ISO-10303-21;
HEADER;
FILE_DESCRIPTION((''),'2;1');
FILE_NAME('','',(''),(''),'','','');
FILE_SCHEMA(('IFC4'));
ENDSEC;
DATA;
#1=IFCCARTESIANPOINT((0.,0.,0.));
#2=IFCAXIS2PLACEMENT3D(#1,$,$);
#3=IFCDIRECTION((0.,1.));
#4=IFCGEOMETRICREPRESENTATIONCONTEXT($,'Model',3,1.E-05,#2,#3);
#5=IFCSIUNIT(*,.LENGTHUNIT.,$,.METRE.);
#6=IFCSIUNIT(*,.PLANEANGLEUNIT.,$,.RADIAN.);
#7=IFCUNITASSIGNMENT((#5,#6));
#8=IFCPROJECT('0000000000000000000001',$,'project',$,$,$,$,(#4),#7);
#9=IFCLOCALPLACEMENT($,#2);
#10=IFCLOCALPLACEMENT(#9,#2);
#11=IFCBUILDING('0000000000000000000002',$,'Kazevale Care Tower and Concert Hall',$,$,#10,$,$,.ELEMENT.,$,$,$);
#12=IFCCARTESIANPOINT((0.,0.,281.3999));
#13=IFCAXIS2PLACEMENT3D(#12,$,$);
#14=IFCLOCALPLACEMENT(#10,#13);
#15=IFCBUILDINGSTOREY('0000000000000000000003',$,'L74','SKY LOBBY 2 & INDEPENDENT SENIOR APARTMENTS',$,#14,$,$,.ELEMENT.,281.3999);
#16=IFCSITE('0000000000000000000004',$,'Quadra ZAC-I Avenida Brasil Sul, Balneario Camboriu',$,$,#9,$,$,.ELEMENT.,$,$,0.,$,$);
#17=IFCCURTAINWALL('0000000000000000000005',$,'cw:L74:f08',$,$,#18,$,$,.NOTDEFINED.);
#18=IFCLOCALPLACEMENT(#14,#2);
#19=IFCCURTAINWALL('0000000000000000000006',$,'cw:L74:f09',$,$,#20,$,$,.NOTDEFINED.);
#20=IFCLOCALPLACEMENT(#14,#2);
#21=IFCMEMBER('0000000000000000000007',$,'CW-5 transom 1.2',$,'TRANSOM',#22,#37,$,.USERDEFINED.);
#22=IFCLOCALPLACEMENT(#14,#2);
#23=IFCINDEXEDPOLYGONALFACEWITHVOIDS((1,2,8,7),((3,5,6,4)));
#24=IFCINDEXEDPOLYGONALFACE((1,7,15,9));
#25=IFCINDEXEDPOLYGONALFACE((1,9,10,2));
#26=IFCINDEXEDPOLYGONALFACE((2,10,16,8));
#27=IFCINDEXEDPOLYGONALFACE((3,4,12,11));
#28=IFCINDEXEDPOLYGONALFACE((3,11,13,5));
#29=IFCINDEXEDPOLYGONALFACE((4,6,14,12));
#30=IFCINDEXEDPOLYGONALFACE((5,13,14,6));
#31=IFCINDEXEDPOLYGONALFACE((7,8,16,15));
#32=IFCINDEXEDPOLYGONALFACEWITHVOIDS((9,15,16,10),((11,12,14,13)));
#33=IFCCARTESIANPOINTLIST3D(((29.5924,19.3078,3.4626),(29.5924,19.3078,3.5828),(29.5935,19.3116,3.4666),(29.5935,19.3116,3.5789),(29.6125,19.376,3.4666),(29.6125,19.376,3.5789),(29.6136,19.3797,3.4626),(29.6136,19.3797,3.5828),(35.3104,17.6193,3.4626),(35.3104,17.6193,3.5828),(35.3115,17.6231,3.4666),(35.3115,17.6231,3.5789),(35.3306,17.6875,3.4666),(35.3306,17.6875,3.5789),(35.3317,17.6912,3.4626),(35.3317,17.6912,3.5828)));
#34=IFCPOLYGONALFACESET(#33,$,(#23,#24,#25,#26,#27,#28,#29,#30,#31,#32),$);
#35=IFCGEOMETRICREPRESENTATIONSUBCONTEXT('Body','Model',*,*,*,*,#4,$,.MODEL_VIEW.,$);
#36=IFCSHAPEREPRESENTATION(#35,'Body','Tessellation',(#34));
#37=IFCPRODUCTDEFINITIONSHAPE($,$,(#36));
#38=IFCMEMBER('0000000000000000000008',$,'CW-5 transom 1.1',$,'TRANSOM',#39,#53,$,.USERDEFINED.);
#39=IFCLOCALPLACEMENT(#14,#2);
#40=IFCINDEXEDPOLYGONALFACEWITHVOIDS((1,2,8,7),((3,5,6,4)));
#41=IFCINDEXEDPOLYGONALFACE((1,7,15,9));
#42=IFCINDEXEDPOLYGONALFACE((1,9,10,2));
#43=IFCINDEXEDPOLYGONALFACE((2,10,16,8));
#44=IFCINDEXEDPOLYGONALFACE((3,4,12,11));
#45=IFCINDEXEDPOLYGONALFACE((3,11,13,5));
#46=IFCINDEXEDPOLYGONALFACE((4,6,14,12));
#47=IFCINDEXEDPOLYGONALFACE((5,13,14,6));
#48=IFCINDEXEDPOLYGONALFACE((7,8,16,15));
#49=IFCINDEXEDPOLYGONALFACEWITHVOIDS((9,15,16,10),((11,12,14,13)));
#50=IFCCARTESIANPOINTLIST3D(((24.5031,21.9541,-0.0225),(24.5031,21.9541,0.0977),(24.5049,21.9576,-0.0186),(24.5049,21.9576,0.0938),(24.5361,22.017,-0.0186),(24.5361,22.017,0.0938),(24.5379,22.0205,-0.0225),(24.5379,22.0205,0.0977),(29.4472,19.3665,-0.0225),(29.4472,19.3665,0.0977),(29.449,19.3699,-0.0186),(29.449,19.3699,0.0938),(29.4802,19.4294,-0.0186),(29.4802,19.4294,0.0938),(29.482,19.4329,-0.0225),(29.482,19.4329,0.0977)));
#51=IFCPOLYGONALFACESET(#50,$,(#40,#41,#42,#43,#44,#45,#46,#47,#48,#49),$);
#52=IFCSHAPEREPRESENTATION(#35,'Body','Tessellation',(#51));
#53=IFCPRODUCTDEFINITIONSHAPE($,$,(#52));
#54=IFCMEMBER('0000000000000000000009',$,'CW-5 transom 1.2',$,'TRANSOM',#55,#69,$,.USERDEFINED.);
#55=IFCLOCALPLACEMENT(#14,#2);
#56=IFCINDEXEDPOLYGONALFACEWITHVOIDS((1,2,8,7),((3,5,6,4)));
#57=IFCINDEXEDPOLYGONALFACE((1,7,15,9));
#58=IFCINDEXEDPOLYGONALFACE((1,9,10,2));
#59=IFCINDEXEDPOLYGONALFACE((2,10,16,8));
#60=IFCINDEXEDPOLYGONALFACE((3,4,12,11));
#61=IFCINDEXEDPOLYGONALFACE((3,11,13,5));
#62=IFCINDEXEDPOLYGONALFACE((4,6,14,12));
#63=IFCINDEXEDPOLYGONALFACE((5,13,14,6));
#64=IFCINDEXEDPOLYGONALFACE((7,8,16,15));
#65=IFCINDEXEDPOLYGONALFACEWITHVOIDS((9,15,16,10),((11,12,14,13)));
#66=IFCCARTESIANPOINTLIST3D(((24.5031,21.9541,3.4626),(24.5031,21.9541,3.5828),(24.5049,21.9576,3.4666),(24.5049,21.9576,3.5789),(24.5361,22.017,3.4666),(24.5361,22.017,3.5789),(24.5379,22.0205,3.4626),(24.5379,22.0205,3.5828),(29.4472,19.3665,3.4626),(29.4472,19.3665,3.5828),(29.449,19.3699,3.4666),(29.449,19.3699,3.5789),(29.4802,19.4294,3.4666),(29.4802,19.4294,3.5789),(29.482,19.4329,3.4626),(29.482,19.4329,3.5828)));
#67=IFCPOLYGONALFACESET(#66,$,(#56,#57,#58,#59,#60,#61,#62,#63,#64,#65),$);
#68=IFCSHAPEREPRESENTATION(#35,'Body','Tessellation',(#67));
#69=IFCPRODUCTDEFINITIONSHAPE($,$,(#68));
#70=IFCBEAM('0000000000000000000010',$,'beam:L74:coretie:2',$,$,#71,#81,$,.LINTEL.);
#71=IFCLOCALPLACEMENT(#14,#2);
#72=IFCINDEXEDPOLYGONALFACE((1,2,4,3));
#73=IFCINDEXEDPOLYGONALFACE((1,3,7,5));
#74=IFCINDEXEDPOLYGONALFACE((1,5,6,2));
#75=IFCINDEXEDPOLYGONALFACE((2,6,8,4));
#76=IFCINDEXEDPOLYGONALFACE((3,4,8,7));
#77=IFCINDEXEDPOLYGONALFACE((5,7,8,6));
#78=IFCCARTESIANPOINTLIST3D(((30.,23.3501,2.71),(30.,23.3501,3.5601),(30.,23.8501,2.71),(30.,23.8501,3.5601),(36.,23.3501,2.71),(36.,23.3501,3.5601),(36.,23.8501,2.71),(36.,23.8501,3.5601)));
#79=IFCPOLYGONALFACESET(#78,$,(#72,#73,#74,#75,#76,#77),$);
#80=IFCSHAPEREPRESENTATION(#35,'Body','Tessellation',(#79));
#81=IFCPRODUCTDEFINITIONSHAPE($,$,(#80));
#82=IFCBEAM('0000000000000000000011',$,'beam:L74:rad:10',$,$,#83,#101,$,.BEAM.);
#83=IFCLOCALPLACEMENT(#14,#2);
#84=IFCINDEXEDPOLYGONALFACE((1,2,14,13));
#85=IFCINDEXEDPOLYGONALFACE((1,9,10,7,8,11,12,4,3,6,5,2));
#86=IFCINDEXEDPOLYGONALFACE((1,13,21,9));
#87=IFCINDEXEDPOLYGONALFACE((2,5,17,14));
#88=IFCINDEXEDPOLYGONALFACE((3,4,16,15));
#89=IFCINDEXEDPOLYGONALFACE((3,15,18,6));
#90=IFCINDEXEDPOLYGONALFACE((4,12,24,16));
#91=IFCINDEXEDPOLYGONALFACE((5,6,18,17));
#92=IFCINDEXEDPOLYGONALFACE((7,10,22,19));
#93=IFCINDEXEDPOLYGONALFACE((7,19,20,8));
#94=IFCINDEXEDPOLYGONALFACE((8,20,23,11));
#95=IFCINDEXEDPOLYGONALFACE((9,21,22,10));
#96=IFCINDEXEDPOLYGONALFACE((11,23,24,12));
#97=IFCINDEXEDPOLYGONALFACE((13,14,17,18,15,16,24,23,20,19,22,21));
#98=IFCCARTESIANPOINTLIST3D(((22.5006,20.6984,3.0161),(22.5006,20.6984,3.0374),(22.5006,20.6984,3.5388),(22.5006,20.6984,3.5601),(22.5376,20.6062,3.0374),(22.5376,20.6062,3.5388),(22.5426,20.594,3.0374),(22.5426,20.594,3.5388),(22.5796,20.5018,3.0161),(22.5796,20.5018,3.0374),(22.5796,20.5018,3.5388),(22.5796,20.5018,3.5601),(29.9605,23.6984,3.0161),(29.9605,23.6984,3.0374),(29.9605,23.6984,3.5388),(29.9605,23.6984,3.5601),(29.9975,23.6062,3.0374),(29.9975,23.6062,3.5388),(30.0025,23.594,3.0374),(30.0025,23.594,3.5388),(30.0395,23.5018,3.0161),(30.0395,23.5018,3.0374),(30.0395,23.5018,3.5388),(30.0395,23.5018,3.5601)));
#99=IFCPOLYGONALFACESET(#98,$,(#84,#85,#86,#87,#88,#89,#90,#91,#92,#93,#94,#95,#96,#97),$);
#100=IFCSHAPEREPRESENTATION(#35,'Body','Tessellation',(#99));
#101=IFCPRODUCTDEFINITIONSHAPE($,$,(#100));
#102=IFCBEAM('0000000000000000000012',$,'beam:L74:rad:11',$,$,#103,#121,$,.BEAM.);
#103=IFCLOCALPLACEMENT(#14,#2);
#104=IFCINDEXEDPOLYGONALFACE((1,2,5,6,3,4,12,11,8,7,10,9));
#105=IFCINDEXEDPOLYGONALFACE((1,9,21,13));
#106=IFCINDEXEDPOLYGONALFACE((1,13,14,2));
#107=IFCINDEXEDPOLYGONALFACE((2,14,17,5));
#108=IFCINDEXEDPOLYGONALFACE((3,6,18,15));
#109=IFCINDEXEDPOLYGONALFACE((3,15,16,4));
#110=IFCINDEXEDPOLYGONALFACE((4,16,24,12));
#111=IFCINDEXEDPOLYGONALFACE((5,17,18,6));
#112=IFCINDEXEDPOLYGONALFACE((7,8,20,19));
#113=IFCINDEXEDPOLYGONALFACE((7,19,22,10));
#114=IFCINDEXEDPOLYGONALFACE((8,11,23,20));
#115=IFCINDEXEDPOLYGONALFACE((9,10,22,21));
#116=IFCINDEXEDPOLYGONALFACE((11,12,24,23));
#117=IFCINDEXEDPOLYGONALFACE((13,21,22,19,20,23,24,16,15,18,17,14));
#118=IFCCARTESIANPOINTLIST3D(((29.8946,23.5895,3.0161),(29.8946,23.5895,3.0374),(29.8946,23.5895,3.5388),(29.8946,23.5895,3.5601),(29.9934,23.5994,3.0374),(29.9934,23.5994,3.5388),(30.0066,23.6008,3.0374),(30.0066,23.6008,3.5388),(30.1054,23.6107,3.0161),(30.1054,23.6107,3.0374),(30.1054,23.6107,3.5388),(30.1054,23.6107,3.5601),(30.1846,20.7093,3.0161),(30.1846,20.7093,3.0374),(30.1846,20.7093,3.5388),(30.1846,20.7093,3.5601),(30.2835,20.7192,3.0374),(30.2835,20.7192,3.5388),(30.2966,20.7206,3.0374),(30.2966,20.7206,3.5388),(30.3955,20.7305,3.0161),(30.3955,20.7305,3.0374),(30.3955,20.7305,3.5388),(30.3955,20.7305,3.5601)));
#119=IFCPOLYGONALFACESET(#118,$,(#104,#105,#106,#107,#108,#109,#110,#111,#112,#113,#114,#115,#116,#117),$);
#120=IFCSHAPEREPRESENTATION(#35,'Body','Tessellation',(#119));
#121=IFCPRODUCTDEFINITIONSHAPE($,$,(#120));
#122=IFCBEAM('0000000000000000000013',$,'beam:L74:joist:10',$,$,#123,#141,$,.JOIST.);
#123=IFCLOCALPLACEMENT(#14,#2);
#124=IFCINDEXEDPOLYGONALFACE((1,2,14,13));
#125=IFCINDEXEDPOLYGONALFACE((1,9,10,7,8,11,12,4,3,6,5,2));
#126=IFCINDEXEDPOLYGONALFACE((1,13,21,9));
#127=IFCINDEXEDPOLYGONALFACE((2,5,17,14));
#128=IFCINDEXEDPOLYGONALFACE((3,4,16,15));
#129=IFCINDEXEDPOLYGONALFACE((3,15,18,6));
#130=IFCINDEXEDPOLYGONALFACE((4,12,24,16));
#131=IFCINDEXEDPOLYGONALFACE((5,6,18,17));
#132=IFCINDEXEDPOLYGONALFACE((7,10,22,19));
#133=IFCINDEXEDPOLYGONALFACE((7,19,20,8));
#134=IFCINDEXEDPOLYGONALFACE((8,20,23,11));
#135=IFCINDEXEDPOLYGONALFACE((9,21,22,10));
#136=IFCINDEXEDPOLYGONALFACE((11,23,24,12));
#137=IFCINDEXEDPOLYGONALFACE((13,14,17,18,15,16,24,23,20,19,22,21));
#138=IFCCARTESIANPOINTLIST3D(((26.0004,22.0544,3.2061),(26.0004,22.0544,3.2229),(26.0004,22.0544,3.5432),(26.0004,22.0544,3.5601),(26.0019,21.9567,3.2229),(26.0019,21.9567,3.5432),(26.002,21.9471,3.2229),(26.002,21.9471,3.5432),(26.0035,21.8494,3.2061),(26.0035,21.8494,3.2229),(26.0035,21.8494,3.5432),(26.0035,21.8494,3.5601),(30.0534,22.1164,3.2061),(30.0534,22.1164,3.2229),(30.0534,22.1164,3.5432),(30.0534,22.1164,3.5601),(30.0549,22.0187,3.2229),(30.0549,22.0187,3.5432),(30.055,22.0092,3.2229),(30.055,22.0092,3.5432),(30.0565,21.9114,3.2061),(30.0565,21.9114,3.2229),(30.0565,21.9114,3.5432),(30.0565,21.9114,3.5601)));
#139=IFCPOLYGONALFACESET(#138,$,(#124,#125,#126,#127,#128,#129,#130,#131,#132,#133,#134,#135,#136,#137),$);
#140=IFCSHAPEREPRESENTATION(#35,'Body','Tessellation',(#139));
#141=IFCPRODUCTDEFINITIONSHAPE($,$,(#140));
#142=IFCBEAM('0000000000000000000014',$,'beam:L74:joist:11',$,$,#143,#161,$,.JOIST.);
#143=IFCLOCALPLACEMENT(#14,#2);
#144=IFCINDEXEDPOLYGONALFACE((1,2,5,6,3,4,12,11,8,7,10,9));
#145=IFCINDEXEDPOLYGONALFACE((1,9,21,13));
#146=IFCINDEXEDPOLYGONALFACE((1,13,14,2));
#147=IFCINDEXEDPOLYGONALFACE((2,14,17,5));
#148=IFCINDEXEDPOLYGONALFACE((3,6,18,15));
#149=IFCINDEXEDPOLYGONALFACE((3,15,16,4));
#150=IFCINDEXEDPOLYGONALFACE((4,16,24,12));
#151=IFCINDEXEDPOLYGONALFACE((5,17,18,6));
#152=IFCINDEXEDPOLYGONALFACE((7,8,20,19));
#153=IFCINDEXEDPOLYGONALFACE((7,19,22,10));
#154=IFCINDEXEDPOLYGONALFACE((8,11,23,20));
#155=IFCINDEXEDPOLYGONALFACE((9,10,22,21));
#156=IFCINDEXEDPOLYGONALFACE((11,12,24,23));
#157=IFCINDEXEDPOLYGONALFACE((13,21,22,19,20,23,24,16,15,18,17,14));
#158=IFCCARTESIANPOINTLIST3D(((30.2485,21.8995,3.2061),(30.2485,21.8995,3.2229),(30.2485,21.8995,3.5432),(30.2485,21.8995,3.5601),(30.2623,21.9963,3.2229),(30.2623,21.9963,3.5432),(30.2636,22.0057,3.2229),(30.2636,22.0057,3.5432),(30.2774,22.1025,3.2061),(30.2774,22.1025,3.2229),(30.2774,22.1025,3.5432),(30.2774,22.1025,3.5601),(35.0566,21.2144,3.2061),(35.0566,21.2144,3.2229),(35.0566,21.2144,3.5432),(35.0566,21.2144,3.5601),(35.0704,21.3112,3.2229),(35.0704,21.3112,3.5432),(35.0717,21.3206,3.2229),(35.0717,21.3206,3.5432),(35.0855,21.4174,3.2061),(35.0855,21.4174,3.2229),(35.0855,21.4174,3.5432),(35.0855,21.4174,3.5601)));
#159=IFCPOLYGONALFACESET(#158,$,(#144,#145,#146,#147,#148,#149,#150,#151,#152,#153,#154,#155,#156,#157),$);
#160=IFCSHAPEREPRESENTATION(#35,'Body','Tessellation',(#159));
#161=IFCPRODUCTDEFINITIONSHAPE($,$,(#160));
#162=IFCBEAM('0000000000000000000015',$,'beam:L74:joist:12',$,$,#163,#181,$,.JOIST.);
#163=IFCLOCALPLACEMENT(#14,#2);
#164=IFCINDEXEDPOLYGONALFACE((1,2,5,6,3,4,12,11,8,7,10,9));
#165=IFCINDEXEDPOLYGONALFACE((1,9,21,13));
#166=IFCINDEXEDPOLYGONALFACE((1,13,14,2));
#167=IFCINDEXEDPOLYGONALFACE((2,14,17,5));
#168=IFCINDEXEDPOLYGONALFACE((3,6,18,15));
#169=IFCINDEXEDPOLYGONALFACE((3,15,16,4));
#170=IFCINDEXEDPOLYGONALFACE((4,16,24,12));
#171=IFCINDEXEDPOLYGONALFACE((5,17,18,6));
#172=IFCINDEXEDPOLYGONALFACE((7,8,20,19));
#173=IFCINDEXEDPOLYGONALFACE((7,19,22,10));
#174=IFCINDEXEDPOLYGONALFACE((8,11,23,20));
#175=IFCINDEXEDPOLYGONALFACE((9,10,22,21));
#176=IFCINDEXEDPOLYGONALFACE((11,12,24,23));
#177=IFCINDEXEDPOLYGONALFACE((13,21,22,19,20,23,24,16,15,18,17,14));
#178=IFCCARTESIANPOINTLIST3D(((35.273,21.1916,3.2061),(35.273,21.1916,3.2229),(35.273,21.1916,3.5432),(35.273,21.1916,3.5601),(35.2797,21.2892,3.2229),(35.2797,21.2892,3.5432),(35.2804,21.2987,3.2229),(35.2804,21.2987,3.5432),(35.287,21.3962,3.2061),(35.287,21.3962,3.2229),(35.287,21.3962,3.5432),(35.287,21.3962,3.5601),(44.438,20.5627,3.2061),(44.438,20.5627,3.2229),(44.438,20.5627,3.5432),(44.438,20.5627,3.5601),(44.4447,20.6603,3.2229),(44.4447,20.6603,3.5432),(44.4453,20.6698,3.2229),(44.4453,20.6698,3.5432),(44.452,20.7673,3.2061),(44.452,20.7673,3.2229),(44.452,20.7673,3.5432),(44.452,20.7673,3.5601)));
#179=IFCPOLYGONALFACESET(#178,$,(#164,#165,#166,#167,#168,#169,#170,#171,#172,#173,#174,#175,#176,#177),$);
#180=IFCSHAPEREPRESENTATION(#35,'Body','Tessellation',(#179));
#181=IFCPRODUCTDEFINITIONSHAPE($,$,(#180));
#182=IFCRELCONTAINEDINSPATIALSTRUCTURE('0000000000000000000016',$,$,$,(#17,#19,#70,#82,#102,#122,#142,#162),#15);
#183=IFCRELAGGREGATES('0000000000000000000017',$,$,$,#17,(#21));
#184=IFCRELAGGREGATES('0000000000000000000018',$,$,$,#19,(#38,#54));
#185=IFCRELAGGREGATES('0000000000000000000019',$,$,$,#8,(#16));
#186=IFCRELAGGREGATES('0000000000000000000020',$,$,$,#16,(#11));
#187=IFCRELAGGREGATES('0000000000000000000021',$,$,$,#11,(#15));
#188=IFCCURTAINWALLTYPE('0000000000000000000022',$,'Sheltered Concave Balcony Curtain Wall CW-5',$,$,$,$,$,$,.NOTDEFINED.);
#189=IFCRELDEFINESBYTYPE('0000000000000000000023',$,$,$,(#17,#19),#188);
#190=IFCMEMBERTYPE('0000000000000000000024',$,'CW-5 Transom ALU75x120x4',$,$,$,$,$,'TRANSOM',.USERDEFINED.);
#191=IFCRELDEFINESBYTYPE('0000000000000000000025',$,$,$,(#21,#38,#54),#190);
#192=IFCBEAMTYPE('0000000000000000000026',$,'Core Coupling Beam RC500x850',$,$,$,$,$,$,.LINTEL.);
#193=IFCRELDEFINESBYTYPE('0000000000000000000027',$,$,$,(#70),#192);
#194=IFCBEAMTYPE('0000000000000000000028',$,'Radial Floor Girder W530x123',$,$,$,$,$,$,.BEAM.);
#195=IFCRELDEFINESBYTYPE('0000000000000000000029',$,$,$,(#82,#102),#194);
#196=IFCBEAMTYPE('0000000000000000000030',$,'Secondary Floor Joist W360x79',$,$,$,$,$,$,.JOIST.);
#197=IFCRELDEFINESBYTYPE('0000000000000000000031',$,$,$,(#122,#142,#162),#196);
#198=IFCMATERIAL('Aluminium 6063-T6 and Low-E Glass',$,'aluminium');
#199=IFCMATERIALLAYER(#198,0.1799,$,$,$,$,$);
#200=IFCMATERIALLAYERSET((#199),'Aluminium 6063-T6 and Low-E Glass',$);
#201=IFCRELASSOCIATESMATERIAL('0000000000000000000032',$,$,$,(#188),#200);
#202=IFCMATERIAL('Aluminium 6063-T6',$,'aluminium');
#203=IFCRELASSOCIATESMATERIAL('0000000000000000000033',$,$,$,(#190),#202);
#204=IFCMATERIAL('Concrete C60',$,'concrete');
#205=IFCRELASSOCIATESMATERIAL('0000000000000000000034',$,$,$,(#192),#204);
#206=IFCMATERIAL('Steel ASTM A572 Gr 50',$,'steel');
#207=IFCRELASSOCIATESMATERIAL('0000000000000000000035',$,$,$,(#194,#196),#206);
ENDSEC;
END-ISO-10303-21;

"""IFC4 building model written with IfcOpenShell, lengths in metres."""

from ifc_helpers import new_model, si_unit, direction, frame, origin, origin_2d, place, context, subcontext, project, spatial, rectangle, hollow_rectangle, i_section, extrude, material, layer, layer_set, material_profile, profile_set, type_object, element, aggregate, save


model = new_model("IFC4")

# Units and contexts
model_context = context("Model", 3, precision=1e-05, world=origin(), true_north=direction((0.0, 1.0)))
body_context = subcontext(model_context, "Body", "Model", "MODEL_VIEW")
ifc_project = project(units=[si_unit("LENGTHUNIT", "METRE"), si_unit("PLANEANGLEUNIT", "RADIAN")], contexts=[model_context])

# Site, building, storey
site_placement = place(None, origin())
site = spatial("IfcSite", under=ifc_project, at=site_placement, Name="Quadra ZAC-I Avenida Brasil Sul, Balneario Camboriu", CompositionType="ELEMENT", RefElevation=0.0)
building_placement = place(site_placement, origin())
building = spatial("IfcBuilding", under=site, at=building_placement, Name="Kazevale Care Tower and Concert Hall", CompositionType="ELEMENT")
storey_placement = place(building_placement, frame((0.0, 0.0, 281.3999)))
storey = spatial("IfcBuildingStorey", under=building, at=storey_placement, Name="L74", Description="SKY LOBBY 2 & INDEPENDENT SENIOR APARTMENTS", CompositionType="ELEMENT", Elevation=281.3999)

# Shared definitions
ifc_material_1 = material(Name="Aluminium 6063-T6 and Low-E Glass", Category="aluminium")
ifc_layer_1 = layer(ifc_material_1, 0.1799)
ifc_layer_set_1 = layer_set([ifc_layer_1], Name="Aluminium 6063-T6 and Low-E Glass")
curtain_wall_type = type_object("IfcCurtainWallType", Name="Sheltered Concave Balcony Curtain Wall CW-5", PredefinedType="NOTDEFINED", material=ifc_layer_set_1)
ifc_material_2 = material(Name="Aluminium 6063-T6", Category="aluminium")

# Curtain wall
curtain_wall_1_placement = place(storey_placement, origin())
curtain_wall_1 = element("IfcCurtainWall", 1, at=curtain_wall_1_placement, inside=storey, type_object=curtain_wall_type, Name="cw:L74:f08", PredefinedType="NOTDEFINED")

# Curtain wall
curtain_wall_2_placement = place(storey_placement, origin())
curtain_wall_2 = element("IfcCurtainWall", 2, at=curtain_wall_2_placement, inside=storey, type_object=curtain_wall_type, Name="cw:L74:f09", PredefinedType="NOTDEFINED")

# Members
ifc_material_profile_1 = material_profile(ifc_material_2, hollow_rectangle(XDim=0.075, YDim=0.1201, WallThickness=0.0039, at=origin_2d()), Name="ALU75x120x4")
ifc_profile_set_1 = profile_set([ifc_material_profile_1], Name="Aluminium 6063-T6")
member_type_1 = type_object("IfcMemberType", Name="CW-5 Transom ALU75x120x4", ElementType="TRANSOM", PredefinedType="USERDEFINED", material=ifc_profile_set_1)
member_1_placement = place(storey_placement, frame((35.321, 17.6553, 3.5227), z_axis=(-0.95906, 0.283201, 0.0), x_axis=(-0.283201, -0.95906, 0.0)))
member_1 = element("IfcMember", 3, at=member_1_placement, type_object=member_type_1, Name="CW-5 transom 1.2", ObjectType="TRANSOM", PredefinedType="USERDEFINED", context=body_context, shape_type="SweptSolid", body=[
    extrude(hollow_rectangle(XDim=0.075, YDim=0.1201, WallThickness=0.0039, at=origin_2d()), origin(), (0.0, 0.0, 1.0), 5.9622),
])
member_2_placement = place(storey_placement, frame((29.4646, 19.3997, 0.0376), z_axis=(-0.885987, 0.463709, 0.0), x_axis=(-0.463709, -0.885987, 0.0)))
member_2 = element("IfcMember", 4, at=member_2_placement, type_object=member_type_1, Name="CW-5 transom 1.1", ObjectType="TRANSOM", PredefinedType="USERDEFINED", context=body_context, shape_type="SweptSolid", body=[
    extrude(hollow_rectangle(XDim=0.075, YDim=0.1201, WallThickness=0.0039, at=origin_2d()), origin(), (0.0, 0.0, 1.0), 5.5803),
])
member_3_placement = place(storey_placement, frame((29.4646, 19.3997, 3.5227), z_axis=(-0.885987, 0.463709, 0.0), x_axis=(-0.463709, -0.885987, 0.0)))
member_3 = element("IfcMember", 5, at=member_3_placement, type_object=member_type_1, Name="CW-5 transom 1.2", ObjectType="TRANSOM", PredefinedType="USERDEFINED", context=body_context, shape_type="SweptSolid", body=[
    extrude(hollow_rectangle(XDim=0.075, YDim=0.1201, WallThickness=0.0039, at=origin_2d()), origin(), (0.0, 0.0, 1.0), 5.5803),
])

# Beams
ifc_material_3 = material(Name="Concrete C60", Category="concrete")
ifc_material_profile_2 = material_profile(ifc_material_3, rectangle(XDim=0.5, YDim=0.8501, at=origin_2d()), Name="RC-B500x850")
ifc_profile_set_2 = profile_set([ifc_material_profile_2], Name="Concrete C60")
beam_type_1 = type_object("IfcBeamType", Name="Core Coupling Beam RC500x850", PredefinedType="LINTEL", material=ifc_profile_set_2)
beam_1_placement = place(storey_placement, frame((30.0, 23.6001, 3.135), z_axis=(1.0, 0.0, 0.0), x_axis=(0.0, 1.0, 0.0)))
element("IfcBeam", 6, at=beam_1_placement, inside=storey, type_object=beam_type_1, Name="beam:L74:coretie:2", PredefinedType="LINTEL", context=body_context, shape_type="SweptSolid", body=[
    extrude(rectangle(XDim=0.5, YDim=0.8501, at=origin_2d()), origin(), (0.0, 0.0, 1.0), 6.0),
])
ifc_material_4 = material(Name="Steel ASTM A572 Gr 50", Category="steel")
ifc_material_profile_3 = material_profile(ifc_material_4, i_section(OverallWidth=0.2119, OverallDepth=0.5439, WebThickness=0.0132, FlangeThickness=0.0212, at=origin_2d()), Name="W530x123")
ifc_profile_set_3 = profile_set([ifc_material_profile_3], Name="Steel ASTM A572 Gr 50")
beam_type_2 = type_object("IfcBeamType", Name="Radial Floor Girder W530x123", PredefinedType="BEAM", material=ifc_profile_set_3)
beam_2_placement = place(storey_placement, frame((30.0, 23.6001, 3.2881), z_axis=(-0.927788, -0.373107, 0.0), x_axis=(0.373107, -0.927788, 0.0)))
element("IfcBeam", 7, at=beam_2_placement, inside=storey, type_object=beam_type_2, Name="beam:L74:rad:10", PredefinedType="BEAM", context=body_context, shape_type="SweptSolid", body=[
    extrude(i_section(OverallWidth=0.2119, OverallDepth=0.5439, WebThickness=0.0132, FlangeThickness=0.0212, at=origin_2d()), origin(), (0.0, 0.0, 1.0), 8.0405),
])
beam_3_placement = place(storey_placement, frame((30.0, 23.6001, 3.2881), z_axis=(0.100197, -0.994968, 0.0), x_axis=(0.994968, 0.100197, 0.0)))
element("IfcBeam", 8, at=beam_3_placement, inside=storey, type_object=beam_type_2, Name="beam:L74:rad:11", PredefinedType="BEAM", context=body_context, shape_type="SweptSolid", body=[
    extrude(i_section(OverallWidth=0.2119, OverallDepth=0.5439, WebThickness=0.0132, FlangeThickness=0.0212, at=origin_2d()), origin(), (0.0, 0.0, 1.0), 2.8948),
])
ifc_material_profile_4 = material_profile(ifc_material_4, i_section(OverallWidth=0.2051, OverallDepth=0.354, WebThickness=0.0095, FlangeThickness=0.0168, at=origin_2d()), Name="W360x79")
ifc_profile_set_4 = profile_set([ifc_material_profile_4], Name="Steel ASTM A572 Gr 50")
beam_type_3 = type_object("IfcBeamType", Name="Secondary Floor Joist W360x79", PredefinedType="JOIST", material=ifc_profile_set_4)
beam_4_placement = place(storey_placement, frame((26.002, 21.9519, 3.3831), z_axis=(0.999883, 0.015298, 0.0), x_axis=(-0.015298, 0.999883, 0.0)))
element("IfcBeam", 9, at=beam_4_placement, inside=storey, type_object=beam_type_3, Name="beam:L74:joist:10", PredefinedType="JOIST", context=body_context, shape_type="SweptSolid", body=[
    extrude(i_section(OverallWidth=0.2051, OverallDepth=0.354, WebThickness=0.0095, FlangeThickness=0.0168, at=origin_2d()), origin(), (0.0, 0.0, 1.0), 4.0535),
])
beam_5_placement = place(storey_placement, frame((30.2629, 22.001, 3.3831), z_axis=(0.990002, -0.141055, 0.0), x_axis=(0.141055, 0.990002, 0.0)))
element("IfcBeam", 10, at=beam_5_placement, inside=storey, type_object=beam_type_3, Name="beam:L74:joist:11", PredefinedType="JOIST", context=body_context, shape_type="SweptSolid", body=[
    extrude(i_section(OverallWidth=0.2051, OverallDepth=0.354, WebThickness=0.0095, FlangeThickness=0.0168, at=origin_2d()), origin(), (0.0, 0.0, 1.0), 4.8567),
])
beam_6_placement = place(storey_placement, frame((35.28, 21.2939, 3.3831), z_axis=(0.997654, -0.068459, 0.0), x_axis=(0.068459, 0.997654, 0.0)))
element("IfcBeam", 11, at=beam_6_placement, inside=storey, type_object=beam_type_3, Name="beam:L74:joist:12", PredefinedType="JOIST", context=body_context, shape_type="SweptSolid", body=[
    extrude(i_section(OverallWidth=0.2051, OverallDepth=0.354, WebThickness=0.0095, FlangeThickness=0.0168, at=origin_2d()), origin(), (0.0, 0.0, 1.0), 9.1865),
])

aggregate(curtain_wall_1, [member_1])
aggregate(curtain_wall_2, [member_2, member_3])

save(model, "model.ifc")
